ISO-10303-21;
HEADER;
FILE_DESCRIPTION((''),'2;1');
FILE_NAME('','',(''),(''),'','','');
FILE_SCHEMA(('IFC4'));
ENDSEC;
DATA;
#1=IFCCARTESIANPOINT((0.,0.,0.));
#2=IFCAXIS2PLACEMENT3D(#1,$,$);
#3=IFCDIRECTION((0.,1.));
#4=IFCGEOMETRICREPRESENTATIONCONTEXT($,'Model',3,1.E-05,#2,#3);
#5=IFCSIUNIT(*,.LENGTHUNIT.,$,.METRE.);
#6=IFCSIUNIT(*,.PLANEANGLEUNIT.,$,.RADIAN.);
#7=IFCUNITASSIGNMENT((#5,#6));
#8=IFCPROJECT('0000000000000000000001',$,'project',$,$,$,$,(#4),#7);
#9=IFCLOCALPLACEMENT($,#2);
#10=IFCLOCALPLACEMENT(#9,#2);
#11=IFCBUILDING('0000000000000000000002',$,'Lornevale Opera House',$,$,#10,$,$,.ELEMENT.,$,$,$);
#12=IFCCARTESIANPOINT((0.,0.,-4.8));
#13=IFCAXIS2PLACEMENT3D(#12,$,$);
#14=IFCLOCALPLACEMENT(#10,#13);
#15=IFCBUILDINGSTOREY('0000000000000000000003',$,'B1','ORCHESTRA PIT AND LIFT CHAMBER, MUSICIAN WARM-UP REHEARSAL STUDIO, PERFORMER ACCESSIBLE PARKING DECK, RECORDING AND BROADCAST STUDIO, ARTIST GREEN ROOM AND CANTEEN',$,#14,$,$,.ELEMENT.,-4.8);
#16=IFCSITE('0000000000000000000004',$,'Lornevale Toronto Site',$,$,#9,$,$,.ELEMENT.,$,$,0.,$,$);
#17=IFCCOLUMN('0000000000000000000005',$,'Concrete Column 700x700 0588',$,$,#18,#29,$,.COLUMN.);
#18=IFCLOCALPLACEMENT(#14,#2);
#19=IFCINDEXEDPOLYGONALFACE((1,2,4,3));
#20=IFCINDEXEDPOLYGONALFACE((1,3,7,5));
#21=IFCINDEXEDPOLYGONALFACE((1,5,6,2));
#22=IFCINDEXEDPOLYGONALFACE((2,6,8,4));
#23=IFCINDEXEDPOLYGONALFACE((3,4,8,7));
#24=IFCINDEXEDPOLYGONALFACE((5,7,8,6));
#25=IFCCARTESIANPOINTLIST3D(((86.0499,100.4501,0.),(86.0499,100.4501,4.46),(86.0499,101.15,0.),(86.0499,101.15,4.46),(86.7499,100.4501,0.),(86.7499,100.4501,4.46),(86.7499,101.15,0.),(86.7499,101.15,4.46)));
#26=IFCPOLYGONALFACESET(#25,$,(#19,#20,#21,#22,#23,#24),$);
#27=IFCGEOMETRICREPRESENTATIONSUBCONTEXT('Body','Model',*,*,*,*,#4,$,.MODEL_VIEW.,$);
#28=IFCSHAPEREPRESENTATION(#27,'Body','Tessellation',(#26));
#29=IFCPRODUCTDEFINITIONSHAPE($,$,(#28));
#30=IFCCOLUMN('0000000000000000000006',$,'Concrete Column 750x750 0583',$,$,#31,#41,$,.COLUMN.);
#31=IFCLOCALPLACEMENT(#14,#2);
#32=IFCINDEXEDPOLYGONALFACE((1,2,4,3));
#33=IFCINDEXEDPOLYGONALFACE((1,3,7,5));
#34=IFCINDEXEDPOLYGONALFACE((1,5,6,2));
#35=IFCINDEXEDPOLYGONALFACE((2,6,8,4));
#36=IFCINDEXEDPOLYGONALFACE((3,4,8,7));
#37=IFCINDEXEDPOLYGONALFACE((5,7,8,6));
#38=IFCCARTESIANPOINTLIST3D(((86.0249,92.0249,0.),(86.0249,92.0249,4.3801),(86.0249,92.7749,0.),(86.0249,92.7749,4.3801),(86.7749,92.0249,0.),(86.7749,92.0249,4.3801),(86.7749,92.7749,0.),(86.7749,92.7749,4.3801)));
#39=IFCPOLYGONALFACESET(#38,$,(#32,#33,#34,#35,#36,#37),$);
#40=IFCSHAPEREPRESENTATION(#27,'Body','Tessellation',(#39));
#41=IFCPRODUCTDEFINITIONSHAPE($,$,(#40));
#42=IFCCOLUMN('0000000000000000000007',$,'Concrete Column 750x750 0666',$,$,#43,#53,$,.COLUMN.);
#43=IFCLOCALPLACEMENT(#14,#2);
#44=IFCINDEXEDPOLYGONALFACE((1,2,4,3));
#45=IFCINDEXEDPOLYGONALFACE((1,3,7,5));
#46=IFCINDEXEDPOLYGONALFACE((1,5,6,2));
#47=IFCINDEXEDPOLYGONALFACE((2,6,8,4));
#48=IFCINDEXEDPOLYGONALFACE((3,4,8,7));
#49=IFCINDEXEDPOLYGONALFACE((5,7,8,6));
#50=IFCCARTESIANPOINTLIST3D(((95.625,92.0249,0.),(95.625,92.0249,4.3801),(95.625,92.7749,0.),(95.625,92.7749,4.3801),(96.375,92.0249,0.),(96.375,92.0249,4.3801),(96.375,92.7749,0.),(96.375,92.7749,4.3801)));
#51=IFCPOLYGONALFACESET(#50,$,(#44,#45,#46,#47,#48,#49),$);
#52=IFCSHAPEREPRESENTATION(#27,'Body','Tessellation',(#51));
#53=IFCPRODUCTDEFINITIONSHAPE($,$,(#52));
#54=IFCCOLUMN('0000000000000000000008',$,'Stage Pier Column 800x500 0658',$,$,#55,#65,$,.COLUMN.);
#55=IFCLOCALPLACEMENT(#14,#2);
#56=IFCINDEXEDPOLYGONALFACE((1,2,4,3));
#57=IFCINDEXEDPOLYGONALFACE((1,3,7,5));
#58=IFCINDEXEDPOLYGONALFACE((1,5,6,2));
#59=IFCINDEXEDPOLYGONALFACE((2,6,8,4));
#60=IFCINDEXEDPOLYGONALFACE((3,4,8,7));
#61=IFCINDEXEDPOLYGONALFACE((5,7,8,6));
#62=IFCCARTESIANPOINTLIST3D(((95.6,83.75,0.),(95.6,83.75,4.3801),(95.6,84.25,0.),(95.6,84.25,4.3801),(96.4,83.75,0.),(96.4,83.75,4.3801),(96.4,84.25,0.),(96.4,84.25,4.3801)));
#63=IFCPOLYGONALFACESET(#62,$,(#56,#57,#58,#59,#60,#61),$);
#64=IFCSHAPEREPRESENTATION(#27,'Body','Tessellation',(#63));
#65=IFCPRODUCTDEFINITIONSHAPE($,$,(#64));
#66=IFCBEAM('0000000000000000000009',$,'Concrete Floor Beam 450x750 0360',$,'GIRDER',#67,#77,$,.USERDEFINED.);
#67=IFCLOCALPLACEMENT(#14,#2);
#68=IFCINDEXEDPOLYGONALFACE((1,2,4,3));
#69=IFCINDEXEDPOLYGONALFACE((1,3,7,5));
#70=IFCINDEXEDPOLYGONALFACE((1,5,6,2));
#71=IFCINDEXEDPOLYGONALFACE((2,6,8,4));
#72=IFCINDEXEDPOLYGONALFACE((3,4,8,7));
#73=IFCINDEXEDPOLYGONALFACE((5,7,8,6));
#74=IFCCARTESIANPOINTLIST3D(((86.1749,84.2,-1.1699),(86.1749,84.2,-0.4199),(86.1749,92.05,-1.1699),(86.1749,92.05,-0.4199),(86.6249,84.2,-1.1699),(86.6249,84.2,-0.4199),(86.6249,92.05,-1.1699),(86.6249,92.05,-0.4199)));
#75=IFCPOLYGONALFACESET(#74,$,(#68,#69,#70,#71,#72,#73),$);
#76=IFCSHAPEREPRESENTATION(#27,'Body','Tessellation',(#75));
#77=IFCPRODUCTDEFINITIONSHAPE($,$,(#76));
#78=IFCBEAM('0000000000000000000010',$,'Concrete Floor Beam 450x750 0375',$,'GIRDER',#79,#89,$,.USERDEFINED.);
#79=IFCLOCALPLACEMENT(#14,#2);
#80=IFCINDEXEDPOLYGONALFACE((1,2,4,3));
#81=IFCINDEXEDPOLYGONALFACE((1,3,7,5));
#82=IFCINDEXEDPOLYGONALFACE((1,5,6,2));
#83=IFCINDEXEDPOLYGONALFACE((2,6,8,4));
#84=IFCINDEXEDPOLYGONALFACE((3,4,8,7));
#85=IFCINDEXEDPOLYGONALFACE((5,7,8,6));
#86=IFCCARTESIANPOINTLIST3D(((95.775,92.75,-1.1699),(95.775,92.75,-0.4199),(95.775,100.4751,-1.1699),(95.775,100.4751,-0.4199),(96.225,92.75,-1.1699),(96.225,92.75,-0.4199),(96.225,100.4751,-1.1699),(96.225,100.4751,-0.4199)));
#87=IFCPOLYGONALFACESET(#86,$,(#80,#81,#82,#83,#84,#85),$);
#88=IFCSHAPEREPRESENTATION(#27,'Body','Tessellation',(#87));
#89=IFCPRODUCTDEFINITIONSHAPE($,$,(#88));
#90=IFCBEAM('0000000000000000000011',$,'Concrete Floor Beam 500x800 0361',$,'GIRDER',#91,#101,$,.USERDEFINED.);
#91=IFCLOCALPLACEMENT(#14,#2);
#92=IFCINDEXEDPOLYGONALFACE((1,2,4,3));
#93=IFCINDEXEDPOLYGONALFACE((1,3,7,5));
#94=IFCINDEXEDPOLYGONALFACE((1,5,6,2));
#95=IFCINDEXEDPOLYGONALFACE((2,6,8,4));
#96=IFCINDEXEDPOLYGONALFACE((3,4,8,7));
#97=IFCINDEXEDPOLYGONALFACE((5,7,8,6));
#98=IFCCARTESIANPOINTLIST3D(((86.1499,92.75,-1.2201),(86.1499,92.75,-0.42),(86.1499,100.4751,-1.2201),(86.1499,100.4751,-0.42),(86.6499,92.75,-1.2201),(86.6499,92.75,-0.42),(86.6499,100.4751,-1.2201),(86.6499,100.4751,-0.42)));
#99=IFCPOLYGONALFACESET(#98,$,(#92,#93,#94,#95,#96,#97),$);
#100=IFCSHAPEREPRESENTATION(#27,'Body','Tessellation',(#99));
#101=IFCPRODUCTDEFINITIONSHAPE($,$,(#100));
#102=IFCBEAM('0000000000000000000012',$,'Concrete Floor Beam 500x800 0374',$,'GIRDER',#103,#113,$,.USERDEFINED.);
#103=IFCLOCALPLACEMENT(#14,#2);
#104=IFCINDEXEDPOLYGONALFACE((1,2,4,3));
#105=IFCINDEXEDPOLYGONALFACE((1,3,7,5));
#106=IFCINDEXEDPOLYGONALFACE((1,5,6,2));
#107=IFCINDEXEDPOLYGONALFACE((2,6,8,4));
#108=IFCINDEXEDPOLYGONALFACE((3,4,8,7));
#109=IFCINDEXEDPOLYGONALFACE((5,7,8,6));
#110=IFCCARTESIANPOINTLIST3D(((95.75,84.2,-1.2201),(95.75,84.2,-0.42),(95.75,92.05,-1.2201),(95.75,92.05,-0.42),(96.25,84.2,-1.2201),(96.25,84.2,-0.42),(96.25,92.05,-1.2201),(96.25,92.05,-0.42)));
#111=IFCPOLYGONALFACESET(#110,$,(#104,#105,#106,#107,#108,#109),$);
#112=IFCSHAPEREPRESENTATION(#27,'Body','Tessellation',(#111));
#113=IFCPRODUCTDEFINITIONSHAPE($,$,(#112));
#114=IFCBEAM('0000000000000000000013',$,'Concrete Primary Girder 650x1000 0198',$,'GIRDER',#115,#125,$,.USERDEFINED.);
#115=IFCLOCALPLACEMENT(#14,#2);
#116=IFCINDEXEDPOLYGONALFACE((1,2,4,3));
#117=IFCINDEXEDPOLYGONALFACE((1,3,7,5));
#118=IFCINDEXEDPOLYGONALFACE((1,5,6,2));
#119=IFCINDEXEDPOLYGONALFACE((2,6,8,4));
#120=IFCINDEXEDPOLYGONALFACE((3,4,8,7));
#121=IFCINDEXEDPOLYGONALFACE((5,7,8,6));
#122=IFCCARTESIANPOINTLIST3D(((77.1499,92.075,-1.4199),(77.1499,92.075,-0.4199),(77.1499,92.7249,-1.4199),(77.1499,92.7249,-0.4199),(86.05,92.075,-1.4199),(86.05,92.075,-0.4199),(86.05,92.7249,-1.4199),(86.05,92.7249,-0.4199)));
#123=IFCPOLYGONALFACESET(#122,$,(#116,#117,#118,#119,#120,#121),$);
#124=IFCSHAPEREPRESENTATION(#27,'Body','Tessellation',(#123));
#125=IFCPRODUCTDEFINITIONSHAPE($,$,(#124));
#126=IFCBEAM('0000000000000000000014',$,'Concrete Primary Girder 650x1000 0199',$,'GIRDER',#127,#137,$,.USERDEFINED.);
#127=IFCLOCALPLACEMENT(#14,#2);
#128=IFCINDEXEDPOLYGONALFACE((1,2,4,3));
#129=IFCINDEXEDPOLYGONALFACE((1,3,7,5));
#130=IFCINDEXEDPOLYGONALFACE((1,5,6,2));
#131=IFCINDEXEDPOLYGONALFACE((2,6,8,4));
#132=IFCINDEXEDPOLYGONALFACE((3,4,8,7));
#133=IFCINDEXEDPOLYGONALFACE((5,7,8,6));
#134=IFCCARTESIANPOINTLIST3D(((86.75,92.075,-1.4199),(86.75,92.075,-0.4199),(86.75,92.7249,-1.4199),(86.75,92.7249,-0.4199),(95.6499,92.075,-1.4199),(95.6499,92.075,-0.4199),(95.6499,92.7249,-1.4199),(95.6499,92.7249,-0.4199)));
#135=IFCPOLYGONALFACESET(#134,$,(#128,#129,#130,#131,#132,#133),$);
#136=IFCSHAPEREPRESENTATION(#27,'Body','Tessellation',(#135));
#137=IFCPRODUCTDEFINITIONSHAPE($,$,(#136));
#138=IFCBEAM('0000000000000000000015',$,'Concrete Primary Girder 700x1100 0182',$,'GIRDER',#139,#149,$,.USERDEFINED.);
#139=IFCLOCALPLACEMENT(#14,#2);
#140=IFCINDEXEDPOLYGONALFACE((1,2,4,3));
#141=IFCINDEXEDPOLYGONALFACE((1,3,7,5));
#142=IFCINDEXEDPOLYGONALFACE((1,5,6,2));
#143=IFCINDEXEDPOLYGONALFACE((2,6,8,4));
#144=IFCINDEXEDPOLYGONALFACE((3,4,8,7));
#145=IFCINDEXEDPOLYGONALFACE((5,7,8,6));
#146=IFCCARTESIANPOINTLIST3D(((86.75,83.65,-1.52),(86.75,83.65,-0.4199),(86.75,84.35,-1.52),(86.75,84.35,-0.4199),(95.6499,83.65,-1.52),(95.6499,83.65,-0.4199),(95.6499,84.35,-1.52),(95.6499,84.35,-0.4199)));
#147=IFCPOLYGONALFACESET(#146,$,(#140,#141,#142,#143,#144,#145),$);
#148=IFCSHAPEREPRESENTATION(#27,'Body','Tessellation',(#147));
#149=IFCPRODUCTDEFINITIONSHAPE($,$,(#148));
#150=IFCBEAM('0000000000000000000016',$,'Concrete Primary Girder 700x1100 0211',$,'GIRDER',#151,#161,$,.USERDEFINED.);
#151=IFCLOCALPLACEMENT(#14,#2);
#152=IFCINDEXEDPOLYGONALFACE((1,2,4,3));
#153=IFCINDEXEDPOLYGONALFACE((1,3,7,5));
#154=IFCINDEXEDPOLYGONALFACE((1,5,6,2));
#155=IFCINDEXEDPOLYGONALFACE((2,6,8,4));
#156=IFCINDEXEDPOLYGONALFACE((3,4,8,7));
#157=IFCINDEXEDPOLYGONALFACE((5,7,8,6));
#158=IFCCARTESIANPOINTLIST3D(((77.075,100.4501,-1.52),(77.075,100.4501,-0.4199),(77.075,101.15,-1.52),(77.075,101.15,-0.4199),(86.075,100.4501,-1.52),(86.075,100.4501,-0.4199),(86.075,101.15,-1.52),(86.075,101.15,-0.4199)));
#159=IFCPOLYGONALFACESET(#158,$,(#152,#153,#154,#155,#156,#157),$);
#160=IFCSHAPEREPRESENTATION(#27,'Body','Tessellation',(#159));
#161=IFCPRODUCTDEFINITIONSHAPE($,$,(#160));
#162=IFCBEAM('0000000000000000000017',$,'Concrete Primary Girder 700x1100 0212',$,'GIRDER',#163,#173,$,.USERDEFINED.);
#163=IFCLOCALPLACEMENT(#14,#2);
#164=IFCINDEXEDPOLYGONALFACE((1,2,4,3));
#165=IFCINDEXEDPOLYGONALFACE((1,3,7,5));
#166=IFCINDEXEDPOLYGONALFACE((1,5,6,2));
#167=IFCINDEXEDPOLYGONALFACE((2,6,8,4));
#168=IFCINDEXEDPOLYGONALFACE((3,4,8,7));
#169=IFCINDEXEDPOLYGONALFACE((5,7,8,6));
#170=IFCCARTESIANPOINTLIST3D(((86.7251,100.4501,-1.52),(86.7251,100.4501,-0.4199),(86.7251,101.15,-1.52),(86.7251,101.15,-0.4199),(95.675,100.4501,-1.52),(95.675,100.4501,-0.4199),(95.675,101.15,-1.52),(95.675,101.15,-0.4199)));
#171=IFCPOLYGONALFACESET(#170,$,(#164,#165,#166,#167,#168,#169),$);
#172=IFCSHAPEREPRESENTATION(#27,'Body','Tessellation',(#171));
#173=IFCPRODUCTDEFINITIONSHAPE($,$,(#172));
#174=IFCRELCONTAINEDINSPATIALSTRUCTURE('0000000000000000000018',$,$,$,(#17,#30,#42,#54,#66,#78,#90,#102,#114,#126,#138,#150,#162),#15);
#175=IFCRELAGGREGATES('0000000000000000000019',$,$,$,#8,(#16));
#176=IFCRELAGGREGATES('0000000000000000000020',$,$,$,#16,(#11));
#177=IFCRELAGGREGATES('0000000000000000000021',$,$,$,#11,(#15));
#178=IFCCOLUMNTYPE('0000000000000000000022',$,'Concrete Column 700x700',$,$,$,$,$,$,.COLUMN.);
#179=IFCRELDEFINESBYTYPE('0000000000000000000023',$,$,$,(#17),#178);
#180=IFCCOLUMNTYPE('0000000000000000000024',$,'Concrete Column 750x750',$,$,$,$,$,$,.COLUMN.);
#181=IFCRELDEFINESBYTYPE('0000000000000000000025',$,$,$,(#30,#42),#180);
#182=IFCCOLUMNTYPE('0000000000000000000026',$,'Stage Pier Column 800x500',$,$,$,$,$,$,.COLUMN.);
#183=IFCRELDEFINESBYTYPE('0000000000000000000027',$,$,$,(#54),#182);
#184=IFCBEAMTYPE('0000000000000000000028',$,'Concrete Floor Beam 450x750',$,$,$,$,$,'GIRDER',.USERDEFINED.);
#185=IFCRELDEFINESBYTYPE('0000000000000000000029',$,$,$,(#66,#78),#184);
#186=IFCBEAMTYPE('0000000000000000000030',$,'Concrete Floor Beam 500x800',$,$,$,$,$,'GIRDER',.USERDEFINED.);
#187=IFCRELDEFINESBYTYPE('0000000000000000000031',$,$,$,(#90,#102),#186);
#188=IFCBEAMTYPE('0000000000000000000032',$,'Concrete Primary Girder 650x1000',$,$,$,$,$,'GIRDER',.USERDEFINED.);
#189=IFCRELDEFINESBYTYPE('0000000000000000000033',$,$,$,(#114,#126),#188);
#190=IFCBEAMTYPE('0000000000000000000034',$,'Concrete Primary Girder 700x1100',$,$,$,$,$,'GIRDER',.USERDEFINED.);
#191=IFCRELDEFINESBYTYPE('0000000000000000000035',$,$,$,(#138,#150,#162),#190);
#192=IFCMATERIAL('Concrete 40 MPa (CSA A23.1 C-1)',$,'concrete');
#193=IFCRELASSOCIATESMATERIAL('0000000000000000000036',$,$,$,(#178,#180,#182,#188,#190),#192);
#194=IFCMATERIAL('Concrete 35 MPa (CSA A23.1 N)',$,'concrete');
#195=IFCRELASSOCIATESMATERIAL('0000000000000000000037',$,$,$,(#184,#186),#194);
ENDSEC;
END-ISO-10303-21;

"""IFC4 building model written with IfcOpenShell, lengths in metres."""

from ifc_helpers import new_model, si_unit, direction, frame, origin, origin_2d, place, context, subcontext, project, spatial, rectangle, extrude, material, material_profile, profile_set, type_object, element, save


model = new_model("IFC4")

# Units and contexts
model_context = context("Model", 3, precision=1e-05, world=origin(), true_north=direction((0.0, 1.0)))
body_context = subcontext(model_context, "Body", "Model", "MODEL_VIEW")
ifc_project = project(units=[si_unit("LENGTHUNIT", "METRE"), si_unit("PLANEANGLEUNIT", "RADIAN")], contexts=[model_context])

# Site, building, storey
site_placement = place(None, origin())
site = spatial("IfcSite", under=ifc_project, at=site_placement, Name="Lornevale Toronto Site", CompositionType="ELEMENT", RefElevation=0.0)
building_placement = place(site_placement, origin())
building = spatial("IfcBuilding", under=site, at=building_placement, Name="Lornevale Opera House", CompositionType="ELEMENT")
storey_placement = place(building_placement, frame((0.0, 0.0, -4.8)))
storey = spatial("IfcBuildingStorey", under=building, at=storey_placement, Name="B1", Description="ORCHESTRA PIT AND LIFT CHAMBER, MUSICIAN WARM-UP REHEARSAL STUDIO, PERFORMER ACCESSIBLE PARKING DECK, RECORDING AND BROADCAST STUDIO, ARTIST GREEN ROOM AND CANTEEN", CompositionType="ELEMENT", Elevation=-4.8)

# Columns
ifc_material_1 = material(Name="Concrete 40 MPa (CSA A23.1 C-1)", Category="concrete")
ifc_material_profile_1 = material_profile(ifc_material_1, rectangle(XDim=0.7, YDim=0.7, at=origin_2d()), Name="RC700x700")
ifc_profile_set_1 = profile_set([ifc_material_profile_1], Name="Concrete 40 MPa (CSA A23.1 C-1)")
column_type_1 = type_object("IfcColumnType", Name="Concrete Column 700x700", PredefinedType="COLUMN", material=ifc_profile_set_1)
column_1_placement = place(storey_placement, frame((86.3999, 100.8, 0.0), z_axis=(0.0, 0.0, 1.0), x_axis=(1.0, 0.0, 0.0)))
element("IfcColumn", 1, at=column_1_placement, inside=storey, type_object=column_type_1, Name="Concrete Column 700x700 0588", PredefinedType="COLUMN", context=body_context, shape_type="SweptSolid", body=[
    extrude(rectangle(XDim=0.7, YDim=0.7, at=origin_2d()), origin(), (0.0, 0.0, 1.0), 4.46),
])
ifc_material_profile_2 = material_profile(ifc_material_1, rectangle(XDim=0.75, YDim=0.75, at=origin_2d()), Name="RC750x750")
ifc_profile_set_2 = profile_set([ifc_material_profile_2], Name="Concrete 40 MPa (CSA A23.1 C-1)")
column_type_2 = type_object("IfcColumnType", Name="Concrete Column 750x750", PredefinedType="COLUMN", material=ifc_profile_set_2)
for number, where, z_axis, x_axis, name in (
    (2, (86.3999, 92.3999, 0.0), (0.0, 0.0, 1.0), (1.0, 0.0, 0.0), "Concrete Column 750x750 0583"),
    (3, (96.0, 92.3999, 0.0), (0.0, 0.0, 1.0), (1.0, 0.0, 0.0), "Concrete Column 750x750 0666"),
):
    element("IfcColumn", number, at=place(storey_placement, frame(where, z_axis=z_axis, x_axis=x_axis)), inside=storey, type_object=column_type_2, Name=name, PredefinedType="COLUMN", context=body_context, shape_type="SweptSolid", body=[
        extrude(rectangle(XDim=0.75, YDim=0.75, at=origin_2d()), origin(), (0.0, 0.0, 1.0), 4.3801),
    ])
ifc_material_profile_3 = material_profile(ifc_material_1, rectangle(XDim=0.8, YDim=0.5, at=origin_2d()), Name="RC800x500")
ifc_profile_set_3 = profile_set([ifc_material_profile_3], Name="Concrete 40 MPa (CSA A23.1 C-1)")
column_type_3 = type_object("IfcColumnType", Name="Stage Pier Column 800x500", PredefinedType="COLUMN", material=ifc_profile_set_3)
column_2_placement = place(storey_placement, frame((96.0, 84.0, 0.0), z_axis=(0.0, 0.0, 1.0), x_axis=(1.0, 0.0, 0.0)))
element("IfcColumn", 4, at=column_2_placement, inside=storey, type_object=column_type_3, Name="Stage Pier Column 800x500 0658", PredefinedType="COLUMN", context=body_context, shape_type="SweptSolid", body=[
    extrude(rectangle(XDim=0.8, YDim=0.5, at=origin_2d()), origin(), (0.0, 0.0, 1.0), 4.3801),
])

# Beams
ifc_material_2 = material(Name="Concrete 35 MPa (CSA A23.1 N)", Category="concrete")
ifc_material_profile_4 = material_profile(ifc_material_2, rectangle(XDim=0.45, YDim=0.75, at=origin_2d()), Name="RC450x750")
ifc_profile_set_4 = profile_set([ifc_material_profile_4], Name="Concrete 35 MPa (CSA A23.1 N)")
beam_type_1 = type_object("IfcBeamType", Name="Concrete Floor Beam 450x750", ElementType="GIRDER", PredefinedType="USERDEFINED", material=ifc_profile_set_4)
beam_1_placement = place(storey_placement, frame((86.3999, 84.2, -0.7949), z_axis=(0.0, 1.0, 0.0), x_axis=(-1.0, 0.0, 0.0)))
element("IfcBeam", 5, at=beam_1_placement, inside=storey, type_object=beam_type_1, Name="Concrete Floor Beam 450x750 0360", ObjectType="GIRDER", PredefinedType="USERDEFINED", context=body_context, shape_type="SweptSolid", body=[
    extrude(rectangle(XDim=0.45, YDim=0.75, at=origin_2d()), origin(), (0.0, 0.0, 1.0), 7.8501),
])
beam_2_placement = place(storey_placement, frame((96.0, 92.75, -0.7949), z_axis=(0.0, 1.0, 0.0), x_axis=(-1.0, 0.0, 0.0)))
element("IfcBeam", 6, at=beam_2_placement, inside=storey, type_object=beam_type_1, Name="Concrete Floor Beam 450x750 0375", ObjectType="GIRDER", PredefinedType="USERDEFINED", context=body_context, shape_type="SweptSolid", body=[
    extrude(rectangle(XDim=0.45, YDim=0.75, at=origin_2d()), origin(), (0.0, 0.0, 1.0), 7.7251),
])
ifc_material_profile_5 = material_profile(ifc_material_2, rectangle(XDim=0.5, YDim=0.8, at=origin_2d()), Name="RC500x800")
ifc_profile_set_5 = profile_set([ifc_material_profile_5], Name="Concrete 35 MPa (CSA A23.1 N)")
beam_type_2 = type_object("IfcBeamType", Name="Concrete Floor Beam 500x800", ElementType="GIRDER", PredefinedType="USERDEFINED", material=ifc_profile_set_5)
beam_3_placement = place(storey_placement, frame((86.3999, 92.75, -0.8201), z_axis=(0.0, 1.0, 0.0), x_axis=(-1.0, 0.0, 0.0)))
element("IfcBeam", 7, at=beam_3_placement, inside=storey, type_object=beam_type_2, Name="Concrete Floor Beam 500x800 0361", ObjectType="GIRDER", PredefinedType="USERDEFINED", context=body_context, shape_type="SweptSolid", body=[
    extrude(rectangle(XDim=0.5, YDim=0.8, at=origin_2d()), origin(), (0.0, 0.0, 1.0), 7.7251),
])
beam_4_placement = place(storey_placement, frame((96.0, 84.2, -0.8201), z_axis=(0.0, 1.0, 0.0), x_axis=(-1.0, 0.0, 0.0)))
element("IfcBeam", 8, at=beam_4_placement, inside=storey, type_object=beam_type_2, Name="Concrete Floor Beam 500x800 0374", ObjectType="GIRDER", PredefinedType="USERDEFINED", context=body_context, shape_type="SweptSolid", body=[
    extrude(rectangle(XDim=0.5, YDim=0.8, at=origin_2d()), origin(), (0.0, 0.0, 1.0), 7.8501),
])
ifc_material_profile_6 = material_profile(ifc_material_1, rectangle(XDim=0.6499, YDim=1.0, at=origin_2d()), Name="RC650x1000")
ifc_profile_set_6 = profile_set([ifc_material_profile_6], Name="Concrete 40 MPa (CSA A23.1 C-1)")
beam_type_3 = type_object("IfcBeamType", Name="Concrete Primary Girder 650x1000", ElementType="GIRDER", PredefinedType="USERDEFINED", material=ifc_profile_set_6)
beam_5_placement = place(storey_placement, frame((77.1499, 92.3999, -0.9199), z_axis=(1.0, 0.0, 0.0), x_axis=(0.0, 1.0, 0.0)))
element("IfcBeam", 9, at=beam_5_placement, inside=storey, type_object=beam_type_3, Name="Concrete Primary Girder 650x1000 0198", ObjectType="GIRDER", PredefinedType="USERDEFINED", context=body_context, shape_type="SweptSolid", body=[
    extrude(rectangle(XDim=0.6499, YDim=1.0, at=origin_2d()), origin(), (0.0, 0.0, 1.0), 8.9001),
])
beam_6_placement = place(storey_placement, frame((86.75, 92.3999, -0.9199), z_axis=(1.0, 0.0, 0.0), x_axis=(0.0, 1.0, 0.0)))
element("IfcBeam", 10, at=beam_6_placement, inside=storey, type_object=beam_type_3, Name="Concrete Primary Girder 650x1000 0199", ObjectType="GIRDER", PredefinedType="USERDEFINED", context=body_context, shape_type="SweptSolid", body=[
    extrude(rectangle(XDim=0.6499, YDim=1.0, at=origin_2d()), origin(), (0.0, 0.0, 1.0), 8.8999),
])
ifc_material_profile_7 = material_profile(ifc_material_1, rectangle(XDim=0.7, YDim=1.1001, at=origin_2d()), Name="RC700x1100")
ifc_profile_set_7 = profile_set([ifc_material_profile_7], Name="Concrete 40 MPa (CSA A23.1 C-1)")
beam_type_4 = type_object("IfcBeamType", Name="Concrete Primary Girder 700x1100", ElementType="GIRDER", PredefinedType="USERDEFINED", material=ifc_profile_set_7)
beam_7_placement = place(storey_placement, frame((86.75, 84.0, -0.97), z_axis=(1.0, 0.0, 0.0), x_axis=(0.0, 1.0, 0.0)))
element("IfcBeam", 11, at=beam_7_placement, inside=storey, type_object=beam_type_4, Name="Concrete Primary Girder 700x1100 0182", ObjectType="GIRDER", PredefinedType="USERDEFINED", context=body_context, shape_type="SweptSolid", body=[
    extrude(rectangle(XDim=0.7, YDim=1.1001, at=origin_2d()), origin(), (0.0, 0.0, 1.0), 8.8999),
])
beam_8_placement = place(storey_placement, frame((77.075, 100.8, -0.97), z_axis=(1.0, 0.0, 0.0), x_axis=(0.0, 1.0, 0.0)))
element("IfcBeam", 12, at=beam_8_placement, inside=storey, type_object=beam_type_4, Name="Concrete Primary Girder 700x1100 0211", ObjectType="GIRDER", PredefinedType="USERDEFINED", context=body_context, shape_type="SweptSolid", body=[
    extrude(rectangle(XDim=0.7, YDim=1.1001, at=origin_2d()), origin(), (0.0, 0.0, 1.0), 9.0),
])
beam_9_placement = place(storey_placement, frame((86.7251, 100.8, -0.97), z_axis=(1.0, 0.0, 0.0), x_axis=(0.0, 1.0, 0.0)))
element("IfcBeam", 13, at=beam_9_placement, inside=storey, type_object=beam_type_4, Name="Concrete Primary Girder 700x1100 0212", ObjectType="GIRDER", PredefinedType="USERDEFINED", context=body_context, shape_type="SweptSolid", body=[
    extrude(rectangle(XDim=0.7, YDim=1.1001, at=origin_2d()), origin(), (0.0, 0.0, 1.0), 8.95),
])

save(model, "model.ifc")
